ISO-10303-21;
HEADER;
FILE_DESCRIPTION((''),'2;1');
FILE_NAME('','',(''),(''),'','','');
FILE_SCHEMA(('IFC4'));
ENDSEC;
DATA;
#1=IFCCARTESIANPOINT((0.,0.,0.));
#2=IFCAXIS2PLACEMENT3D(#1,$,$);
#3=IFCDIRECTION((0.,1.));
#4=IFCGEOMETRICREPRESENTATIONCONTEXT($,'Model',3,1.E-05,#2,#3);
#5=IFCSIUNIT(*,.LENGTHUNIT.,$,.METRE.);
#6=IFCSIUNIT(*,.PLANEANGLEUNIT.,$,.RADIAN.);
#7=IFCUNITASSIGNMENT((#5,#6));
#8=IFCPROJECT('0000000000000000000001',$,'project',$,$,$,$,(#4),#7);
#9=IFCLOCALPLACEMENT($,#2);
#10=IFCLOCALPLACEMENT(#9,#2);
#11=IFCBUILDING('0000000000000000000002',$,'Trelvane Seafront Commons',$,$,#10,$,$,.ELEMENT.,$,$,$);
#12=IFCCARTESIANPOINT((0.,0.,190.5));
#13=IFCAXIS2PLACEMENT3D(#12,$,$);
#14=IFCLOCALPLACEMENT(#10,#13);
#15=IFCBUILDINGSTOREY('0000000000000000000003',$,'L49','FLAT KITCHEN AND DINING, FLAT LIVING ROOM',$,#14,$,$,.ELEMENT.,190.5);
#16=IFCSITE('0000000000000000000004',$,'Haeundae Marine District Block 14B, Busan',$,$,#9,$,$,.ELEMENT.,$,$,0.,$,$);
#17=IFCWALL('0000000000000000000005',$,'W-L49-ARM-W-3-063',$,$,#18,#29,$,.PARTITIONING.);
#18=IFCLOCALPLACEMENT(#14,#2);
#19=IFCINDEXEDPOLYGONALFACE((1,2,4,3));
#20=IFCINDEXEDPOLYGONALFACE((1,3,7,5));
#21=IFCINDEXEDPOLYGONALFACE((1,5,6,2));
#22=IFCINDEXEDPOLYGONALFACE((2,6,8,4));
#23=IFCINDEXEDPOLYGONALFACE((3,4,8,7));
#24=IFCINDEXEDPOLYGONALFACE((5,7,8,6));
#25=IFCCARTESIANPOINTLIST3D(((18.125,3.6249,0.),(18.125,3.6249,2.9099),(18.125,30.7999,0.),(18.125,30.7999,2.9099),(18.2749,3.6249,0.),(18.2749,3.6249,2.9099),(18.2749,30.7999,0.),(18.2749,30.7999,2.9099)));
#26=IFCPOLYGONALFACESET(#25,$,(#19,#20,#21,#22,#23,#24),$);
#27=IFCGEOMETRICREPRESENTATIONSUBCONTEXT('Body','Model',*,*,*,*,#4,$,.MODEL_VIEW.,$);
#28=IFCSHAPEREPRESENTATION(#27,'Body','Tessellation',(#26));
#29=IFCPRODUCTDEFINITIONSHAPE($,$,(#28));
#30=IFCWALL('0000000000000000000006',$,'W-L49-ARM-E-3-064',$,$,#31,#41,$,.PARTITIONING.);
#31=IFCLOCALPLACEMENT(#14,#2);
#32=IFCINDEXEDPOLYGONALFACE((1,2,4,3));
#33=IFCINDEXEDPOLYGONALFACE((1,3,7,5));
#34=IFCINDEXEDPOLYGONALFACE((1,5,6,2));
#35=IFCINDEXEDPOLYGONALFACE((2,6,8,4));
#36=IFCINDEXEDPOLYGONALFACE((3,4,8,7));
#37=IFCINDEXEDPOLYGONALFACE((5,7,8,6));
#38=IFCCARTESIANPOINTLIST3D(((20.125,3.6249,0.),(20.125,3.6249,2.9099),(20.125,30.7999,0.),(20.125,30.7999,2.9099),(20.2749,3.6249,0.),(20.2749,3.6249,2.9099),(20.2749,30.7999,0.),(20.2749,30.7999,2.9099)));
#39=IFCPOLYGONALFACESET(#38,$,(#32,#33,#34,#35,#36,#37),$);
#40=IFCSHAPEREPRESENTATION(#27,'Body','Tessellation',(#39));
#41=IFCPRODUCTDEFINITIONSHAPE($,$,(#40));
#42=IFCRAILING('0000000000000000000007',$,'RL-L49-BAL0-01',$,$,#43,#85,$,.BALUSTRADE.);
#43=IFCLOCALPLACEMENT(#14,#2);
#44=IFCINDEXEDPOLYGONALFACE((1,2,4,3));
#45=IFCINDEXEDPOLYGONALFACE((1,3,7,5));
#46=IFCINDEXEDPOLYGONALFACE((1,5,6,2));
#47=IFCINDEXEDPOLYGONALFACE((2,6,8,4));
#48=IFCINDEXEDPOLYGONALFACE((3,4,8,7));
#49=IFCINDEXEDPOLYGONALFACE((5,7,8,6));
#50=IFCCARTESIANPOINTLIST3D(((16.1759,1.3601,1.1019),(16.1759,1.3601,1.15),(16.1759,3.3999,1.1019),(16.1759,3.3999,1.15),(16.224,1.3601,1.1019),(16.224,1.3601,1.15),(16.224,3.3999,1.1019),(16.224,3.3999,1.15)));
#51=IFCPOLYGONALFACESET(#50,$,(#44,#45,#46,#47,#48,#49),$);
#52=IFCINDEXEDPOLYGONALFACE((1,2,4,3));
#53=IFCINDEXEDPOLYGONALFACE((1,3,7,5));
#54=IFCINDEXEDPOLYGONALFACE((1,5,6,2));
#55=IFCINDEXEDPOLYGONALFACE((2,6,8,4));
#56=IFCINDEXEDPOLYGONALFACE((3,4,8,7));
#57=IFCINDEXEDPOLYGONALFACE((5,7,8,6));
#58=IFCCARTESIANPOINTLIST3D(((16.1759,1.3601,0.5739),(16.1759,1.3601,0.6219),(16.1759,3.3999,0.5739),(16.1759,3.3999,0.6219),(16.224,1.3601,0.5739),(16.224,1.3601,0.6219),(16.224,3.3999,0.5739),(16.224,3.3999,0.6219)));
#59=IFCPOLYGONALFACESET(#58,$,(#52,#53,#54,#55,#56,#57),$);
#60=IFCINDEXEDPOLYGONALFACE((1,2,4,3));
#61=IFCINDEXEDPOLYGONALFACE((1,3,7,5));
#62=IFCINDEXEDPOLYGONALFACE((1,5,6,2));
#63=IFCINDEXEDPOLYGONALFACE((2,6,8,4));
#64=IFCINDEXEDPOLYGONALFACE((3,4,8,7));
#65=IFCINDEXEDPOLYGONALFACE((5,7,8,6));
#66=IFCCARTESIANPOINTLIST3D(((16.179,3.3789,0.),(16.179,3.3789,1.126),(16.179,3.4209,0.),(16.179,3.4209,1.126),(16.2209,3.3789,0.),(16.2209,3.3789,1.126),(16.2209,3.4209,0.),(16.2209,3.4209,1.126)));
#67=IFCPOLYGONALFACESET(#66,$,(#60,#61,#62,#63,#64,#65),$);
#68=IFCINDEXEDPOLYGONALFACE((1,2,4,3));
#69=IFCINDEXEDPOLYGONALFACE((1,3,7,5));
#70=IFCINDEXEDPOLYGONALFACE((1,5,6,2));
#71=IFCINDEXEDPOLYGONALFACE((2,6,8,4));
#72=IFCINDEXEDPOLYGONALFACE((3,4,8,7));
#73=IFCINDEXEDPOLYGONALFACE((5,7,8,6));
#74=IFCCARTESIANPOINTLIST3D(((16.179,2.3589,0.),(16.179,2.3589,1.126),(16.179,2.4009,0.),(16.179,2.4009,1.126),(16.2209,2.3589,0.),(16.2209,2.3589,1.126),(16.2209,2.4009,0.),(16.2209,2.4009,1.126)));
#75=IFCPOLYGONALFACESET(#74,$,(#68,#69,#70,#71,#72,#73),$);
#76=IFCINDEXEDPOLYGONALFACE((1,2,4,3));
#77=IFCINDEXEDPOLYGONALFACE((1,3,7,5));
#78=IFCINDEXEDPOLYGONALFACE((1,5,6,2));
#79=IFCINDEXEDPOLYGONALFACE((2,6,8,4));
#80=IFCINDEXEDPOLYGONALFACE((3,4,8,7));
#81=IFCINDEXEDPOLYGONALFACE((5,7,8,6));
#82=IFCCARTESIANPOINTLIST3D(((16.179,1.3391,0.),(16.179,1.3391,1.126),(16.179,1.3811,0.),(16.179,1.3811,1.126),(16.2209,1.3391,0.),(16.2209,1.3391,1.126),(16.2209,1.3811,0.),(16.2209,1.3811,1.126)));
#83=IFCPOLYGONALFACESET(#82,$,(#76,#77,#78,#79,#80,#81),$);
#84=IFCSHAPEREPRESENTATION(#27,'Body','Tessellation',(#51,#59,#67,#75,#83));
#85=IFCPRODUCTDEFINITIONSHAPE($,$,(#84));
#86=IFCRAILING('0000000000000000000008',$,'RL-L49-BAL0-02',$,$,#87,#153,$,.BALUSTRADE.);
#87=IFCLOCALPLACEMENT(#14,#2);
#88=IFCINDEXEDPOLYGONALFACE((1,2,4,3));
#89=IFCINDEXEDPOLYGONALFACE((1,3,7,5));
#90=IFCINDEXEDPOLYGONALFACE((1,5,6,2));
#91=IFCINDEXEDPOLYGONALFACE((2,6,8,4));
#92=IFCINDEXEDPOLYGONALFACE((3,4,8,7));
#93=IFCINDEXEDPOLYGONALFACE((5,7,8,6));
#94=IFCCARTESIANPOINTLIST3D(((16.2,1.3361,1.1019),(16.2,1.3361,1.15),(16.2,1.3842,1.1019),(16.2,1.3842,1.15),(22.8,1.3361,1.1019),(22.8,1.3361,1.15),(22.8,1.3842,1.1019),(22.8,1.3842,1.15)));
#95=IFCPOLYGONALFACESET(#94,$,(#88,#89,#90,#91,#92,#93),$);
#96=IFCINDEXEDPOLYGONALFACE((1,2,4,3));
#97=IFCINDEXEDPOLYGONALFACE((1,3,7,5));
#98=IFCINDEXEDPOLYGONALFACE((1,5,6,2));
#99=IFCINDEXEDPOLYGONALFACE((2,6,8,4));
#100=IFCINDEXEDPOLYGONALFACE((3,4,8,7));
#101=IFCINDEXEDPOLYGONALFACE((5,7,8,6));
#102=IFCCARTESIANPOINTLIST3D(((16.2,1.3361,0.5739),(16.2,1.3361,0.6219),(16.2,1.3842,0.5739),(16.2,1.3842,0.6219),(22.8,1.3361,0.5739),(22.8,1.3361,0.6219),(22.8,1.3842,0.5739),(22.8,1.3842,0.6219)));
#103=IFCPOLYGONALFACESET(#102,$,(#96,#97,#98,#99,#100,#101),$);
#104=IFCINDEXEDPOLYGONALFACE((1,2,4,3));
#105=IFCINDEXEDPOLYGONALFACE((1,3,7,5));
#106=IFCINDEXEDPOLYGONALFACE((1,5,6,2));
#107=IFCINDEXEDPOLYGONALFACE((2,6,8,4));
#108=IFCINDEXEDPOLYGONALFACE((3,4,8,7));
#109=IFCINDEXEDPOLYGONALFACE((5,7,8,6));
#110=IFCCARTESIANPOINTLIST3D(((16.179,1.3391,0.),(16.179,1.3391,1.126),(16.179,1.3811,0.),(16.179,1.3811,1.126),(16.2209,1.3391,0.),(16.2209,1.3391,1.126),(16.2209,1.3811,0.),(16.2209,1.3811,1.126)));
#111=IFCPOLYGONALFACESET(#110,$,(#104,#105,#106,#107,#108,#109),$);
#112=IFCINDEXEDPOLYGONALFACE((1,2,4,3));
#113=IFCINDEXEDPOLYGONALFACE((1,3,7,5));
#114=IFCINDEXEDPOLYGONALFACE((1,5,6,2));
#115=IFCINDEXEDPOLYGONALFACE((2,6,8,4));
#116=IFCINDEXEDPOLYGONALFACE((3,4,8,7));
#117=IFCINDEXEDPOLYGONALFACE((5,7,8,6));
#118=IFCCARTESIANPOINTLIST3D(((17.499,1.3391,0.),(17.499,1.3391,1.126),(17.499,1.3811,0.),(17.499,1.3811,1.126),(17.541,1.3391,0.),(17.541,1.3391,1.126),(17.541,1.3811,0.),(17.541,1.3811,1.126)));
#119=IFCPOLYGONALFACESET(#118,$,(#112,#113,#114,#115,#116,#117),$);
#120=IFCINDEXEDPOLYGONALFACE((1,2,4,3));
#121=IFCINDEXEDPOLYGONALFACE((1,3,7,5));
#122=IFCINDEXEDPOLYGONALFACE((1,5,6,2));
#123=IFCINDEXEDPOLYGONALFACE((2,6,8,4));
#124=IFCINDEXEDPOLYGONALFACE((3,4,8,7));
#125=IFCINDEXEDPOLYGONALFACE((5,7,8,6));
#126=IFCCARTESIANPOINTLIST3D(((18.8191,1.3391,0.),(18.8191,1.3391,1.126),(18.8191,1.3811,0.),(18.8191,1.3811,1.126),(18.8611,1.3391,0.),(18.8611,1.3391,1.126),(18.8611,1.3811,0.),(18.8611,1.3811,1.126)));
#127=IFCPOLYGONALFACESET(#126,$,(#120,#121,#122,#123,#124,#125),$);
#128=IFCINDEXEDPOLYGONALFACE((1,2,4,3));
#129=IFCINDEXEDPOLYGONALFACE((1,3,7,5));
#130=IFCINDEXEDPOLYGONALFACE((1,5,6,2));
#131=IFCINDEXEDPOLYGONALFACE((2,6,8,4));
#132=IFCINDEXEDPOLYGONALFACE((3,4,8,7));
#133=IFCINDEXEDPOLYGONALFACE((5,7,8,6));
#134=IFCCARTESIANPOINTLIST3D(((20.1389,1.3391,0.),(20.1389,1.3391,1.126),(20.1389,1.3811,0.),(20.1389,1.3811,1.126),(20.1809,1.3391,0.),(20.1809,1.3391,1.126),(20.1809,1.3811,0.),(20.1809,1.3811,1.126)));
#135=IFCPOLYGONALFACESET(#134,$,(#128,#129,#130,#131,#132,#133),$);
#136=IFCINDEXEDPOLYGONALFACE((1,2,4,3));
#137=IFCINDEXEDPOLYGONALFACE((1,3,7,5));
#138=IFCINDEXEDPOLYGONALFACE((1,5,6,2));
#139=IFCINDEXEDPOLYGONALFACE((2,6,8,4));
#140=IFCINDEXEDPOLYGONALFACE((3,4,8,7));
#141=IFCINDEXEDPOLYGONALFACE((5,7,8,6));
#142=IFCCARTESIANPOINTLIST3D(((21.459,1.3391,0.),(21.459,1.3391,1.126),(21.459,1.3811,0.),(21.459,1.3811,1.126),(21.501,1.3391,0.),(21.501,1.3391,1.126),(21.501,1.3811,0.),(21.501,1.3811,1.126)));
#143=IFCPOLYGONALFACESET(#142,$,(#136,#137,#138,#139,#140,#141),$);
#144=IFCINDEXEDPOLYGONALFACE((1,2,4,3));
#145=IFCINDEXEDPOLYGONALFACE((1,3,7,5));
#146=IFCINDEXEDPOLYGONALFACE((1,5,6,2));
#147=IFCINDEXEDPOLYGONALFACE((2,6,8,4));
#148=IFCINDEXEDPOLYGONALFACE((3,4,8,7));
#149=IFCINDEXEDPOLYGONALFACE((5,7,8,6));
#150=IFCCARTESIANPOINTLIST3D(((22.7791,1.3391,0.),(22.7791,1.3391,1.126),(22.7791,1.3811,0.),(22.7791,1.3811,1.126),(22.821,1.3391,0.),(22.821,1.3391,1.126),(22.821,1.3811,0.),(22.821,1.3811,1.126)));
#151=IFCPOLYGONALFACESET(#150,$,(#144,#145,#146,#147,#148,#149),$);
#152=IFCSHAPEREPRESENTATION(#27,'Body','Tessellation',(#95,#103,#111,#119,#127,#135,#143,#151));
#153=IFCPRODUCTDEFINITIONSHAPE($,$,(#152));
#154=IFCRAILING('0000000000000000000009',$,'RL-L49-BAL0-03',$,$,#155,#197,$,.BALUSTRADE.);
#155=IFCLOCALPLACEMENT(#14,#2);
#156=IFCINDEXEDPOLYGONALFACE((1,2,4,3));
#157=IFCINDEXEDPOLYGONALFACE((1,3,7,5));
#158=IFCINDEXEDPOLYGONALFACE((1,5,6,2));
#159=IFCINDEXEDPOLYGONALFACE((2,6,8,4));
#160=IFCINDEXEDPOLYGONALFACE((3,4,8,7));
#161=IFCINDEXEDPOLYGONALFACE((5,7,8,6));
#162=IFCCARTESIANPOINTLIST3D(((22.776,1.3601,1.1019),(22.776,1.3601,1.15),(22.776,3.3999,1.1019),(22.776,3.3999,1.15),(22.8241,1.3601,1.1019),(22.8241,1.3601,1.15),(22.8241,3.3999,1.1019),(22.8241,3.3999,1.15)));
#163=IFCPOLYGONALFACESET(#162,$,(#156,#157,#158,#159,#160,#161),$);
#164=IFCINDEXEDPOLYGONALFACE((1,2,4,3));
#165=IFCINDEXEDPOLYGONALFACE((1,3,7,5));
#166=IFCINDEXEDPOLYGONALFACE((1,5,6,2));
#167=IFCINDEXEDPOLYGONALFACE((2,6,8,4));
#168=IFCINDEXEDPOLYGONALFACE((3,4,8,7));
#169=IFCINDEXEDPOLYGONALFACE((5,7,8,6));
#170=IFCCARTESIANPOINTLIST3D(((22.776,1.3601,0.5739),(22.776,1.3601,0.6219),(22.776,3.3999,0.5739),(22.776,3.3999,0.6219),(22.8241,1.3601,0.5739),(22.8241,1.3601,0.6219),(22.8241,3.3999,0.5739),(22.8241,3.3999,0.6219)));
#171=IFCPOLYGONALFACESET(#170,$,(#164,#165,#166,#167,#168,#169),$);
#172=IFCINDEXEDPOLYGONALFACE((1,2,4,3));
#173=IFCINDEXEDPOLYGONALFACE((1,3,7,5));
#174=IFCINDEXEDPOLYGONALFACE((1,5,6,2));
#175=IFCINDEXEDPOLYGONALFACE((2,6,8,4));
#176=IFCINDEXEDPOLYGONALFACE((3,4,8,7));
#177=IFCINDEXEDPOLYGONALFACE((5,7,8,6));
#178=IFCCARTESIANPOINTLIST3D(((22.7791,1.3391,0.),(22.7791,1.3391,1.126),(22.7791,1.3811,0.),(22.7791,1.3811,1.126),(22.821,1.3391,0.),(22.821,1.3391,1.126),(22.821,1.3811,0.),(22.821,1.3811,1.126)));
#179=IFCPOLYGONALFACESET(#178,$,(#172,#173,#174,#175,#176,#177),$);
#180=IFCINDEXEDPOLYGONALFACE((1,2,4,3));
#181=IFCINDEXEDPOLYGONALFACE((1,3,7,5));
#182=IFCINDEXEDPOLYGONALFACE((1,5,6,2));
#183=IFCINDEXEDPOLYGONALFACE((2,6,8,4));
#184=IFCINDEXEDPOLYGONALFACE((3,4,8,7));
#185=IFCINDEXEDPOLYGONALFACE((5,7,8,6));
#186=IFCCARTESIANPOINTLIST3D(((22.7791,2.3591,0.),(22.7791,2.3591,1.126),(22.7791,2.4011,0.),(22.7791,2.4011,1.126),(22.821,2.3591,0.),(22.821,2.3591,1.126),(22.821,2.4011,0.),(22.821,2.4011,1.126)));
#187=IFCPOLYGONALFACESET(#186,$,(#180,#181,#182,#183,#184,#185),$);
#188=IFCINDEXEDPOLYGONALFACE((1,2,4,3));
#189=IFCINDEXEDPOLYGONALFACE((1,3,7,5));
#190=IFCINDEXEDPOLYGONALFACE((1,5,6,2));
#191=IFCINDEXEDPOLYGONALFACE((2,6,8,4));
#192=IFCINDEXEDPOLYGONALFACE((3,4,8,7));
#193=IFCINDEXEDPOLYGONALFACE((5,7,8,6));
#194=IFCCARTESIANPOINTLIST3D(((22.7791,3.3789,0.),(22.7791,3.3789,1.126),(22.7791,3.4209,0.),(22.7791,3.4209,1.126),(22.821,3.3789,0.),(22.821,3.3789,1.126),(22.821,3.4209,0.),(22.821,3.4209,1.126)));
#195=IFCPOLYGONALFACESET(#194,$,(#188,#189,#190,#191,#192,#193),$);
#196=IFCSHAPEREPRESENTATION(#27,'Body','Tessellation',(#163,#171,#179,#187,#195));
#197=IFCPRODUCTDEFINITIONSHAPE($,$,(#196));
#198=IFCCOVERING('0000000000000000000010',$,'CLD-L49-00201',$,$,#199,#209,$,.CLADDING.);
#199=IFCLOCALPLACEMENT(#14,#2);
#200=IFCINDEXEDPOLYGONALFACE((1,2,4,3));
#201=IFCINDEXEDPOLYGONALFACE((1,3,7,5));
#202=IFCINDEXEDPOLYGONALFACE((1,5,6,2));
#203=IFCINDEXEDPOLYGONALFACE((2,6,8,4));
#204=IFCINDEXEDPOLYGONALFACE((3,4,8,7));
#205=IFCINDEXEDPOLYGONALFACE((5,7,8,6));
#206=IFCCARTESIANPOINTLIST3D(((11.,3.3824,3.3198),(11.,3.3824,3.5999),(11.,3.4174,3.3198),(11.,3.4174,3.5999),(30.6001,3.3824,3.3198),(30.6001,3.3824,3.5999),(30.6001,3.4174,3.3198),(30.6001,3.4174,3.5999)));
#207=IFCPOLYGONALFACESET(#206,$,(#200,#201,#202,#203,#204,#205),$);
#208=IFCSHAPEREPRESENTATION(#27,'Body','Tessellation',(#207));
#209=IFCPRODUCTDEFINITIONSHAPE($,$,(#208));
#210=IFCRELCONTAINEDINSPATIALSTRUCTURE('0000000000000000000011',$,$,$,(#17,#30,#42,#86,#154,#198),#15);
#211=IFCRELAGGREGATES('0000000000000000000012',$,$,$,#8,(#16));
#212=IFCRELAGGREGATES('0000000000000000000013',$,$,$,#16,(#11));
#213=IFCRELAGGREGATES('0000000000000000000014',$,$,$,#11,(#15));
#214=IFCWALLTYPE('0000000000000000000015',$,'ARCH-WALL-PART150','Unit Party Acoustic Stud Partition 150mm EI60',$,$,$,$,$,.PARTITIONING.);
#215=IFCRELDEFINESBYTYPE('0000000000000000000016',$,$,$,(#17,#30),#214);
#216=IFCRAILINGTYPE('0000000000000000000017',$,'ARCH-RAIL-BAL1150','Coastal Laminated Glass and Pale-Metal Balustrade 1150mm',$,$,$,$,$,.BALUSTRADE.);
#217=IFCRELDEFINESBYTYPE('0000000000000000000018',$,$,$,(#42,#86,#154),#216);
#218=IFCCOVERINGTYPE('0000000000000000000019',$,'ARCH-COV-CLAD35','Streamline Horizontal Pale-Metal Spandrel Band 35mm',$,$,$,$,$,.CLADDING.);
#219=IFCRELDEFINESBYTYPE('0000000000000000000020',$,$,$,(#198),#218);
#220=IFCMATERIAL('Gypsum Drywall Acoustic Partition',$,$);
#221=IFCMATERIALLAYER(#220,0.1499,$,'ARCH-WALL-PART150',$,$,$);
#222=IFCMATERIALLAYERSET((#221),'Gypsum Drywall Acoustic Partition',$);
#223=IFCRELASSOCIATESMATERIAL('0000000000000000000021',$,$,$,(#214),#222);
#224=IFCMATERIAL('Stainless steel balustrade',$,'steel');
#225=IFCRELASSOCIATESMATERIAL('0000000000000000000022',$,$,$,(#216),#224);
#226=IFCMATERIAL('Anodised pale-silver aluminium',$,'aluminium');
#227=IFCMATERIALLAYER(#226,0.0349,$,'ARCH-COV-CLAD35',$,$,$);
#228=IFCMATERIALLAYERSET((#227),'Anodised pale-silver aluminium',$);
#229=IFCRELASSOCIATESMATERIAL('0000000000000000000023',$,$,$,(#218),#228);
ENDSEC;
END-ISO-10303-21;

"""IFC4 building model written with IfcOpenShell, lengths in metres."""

from ifc_helpers import new_model, si_unit, direction, frame, frame_2d, origin, origin_2d, place, context, subcontext, project, spatial, rectangle, extrude, source, transform, mapped, material, layer, layer_set, type_object, element, save


model = new_model("IFC4")

# Units and contexts
model_context = context("Model", 3, precision=1e-05, world=origin(), true_north=direction((0.0, 1.0)))
body_context = subcontext(model_context, "Body", "Model", "MODEL_VIEW")
ifc_project = project(units=[si_unit("LENGTHUNIT", "METRE"), si_unit("PLANEANGLEUNIT", "RADIAN")], contexts=[model_context])

# Site, building, storey
site_placement = place(None, origin())
site = spatial("IfcSite", under=ifc_project, at=site_placement, Name="Haeundae Marine District Block 14B, Busan", CompositionType="ELEMENT", RefElevation=0.0)
building_placement = place(site_placement, origin())
building = spatial("IfcBuilding", under=site, at=building_placement, Name="Trelvane Seafront Commons", CompositionType="ELEMENT")
storey_placement = place(building_placement, frame((0.0, 0.0, 190.5)))
storey = spatial("IfcBuildingStorey", under=building, at=storey_placement, Name="L49", Description="FLAT KITCHEN AND DINING, FLAT LIVING ROOM", CompositionType="ELEMENT", Elevation=190.5)

# Shared definitions
ifc_material_1 = material(Name="Anodised pale-silver aluminium", Category="aluminium")

# Shared definitions
ifc_material_2 = material(Name="Gypsum Drywall Acoustic Partition")

# Walls
ifc_layer_1 = layer(ifc_material_2, 0.1499, Name="ARCH-WALL-PART150")
ifc_layer_set_1 = layer_set([ifc_layer_1], Name="Gypsum Drywall Acoustic Partition")
wall_type_1 = type_object("IfcWallType", Name="ARCH-WALL-PART150", Description="Unit Party Acoustic Stud Partition 150mm EI60", PredefinedType="PARTITIONING", material=ifc_layer_set_1)
for number, where, z_axis, x_axis, name in (
    (1, (18.2, 3.625, 0.0), (0.0, 0.0, 1.0), (0.0, 1.0, 0.0), "W-L49-ARM-W-3-063"),
    (2, (20.2, 3.625, 0.0), (0.0, 0.0, 1.0), (0.0, 1.0, 0.0), "W-L49-ARM-E-3-064"),
):
    element("IfcWall", number, at=place(storey_placement, frame(where, z_axis=z_axis, x_axis=x_axis)), inside=storey, type_object=wall_type_1, Name=name, PredefinedType="PARTITIONING", context=body_context, shape_type="SweptSolid", body=[
        extrude(rectangle(XDim=27.175, YDim=0.1499, at=frame_2d((13.5874, 0.0))), origin(), (0.0, 0.0, 1.0), 2.9099),
    ])

# Railings
ifc_material_3 = material(Name="Stainless steel balustrade", Category="steel")
railing_type = type_object("IfcRailingType", Name="ARCH-RAIL-BAL1150", Description="Coastal Laminated Glass and Pale-Metal Balustrade 1150mm", PredefinedType="BALUSTRADE", material=ifc_material_3)
railing_1_placement = place(storey_placement, frame((16.2, 3.3999, 0.0)))
element("IfcRailing", 3, at=railing_1_placement, inside=storey, type_object=railing_type, Name="RL-L49-BAL0-01", PredefinedType="BALUSTRADE", context=body_context, shape_type="SweptSolid", body=[
    extrude(rectangle(XDim=0.0481, YDim=0.0481, at=origin_2d()), frame((0.0, 0.0, 1.126), z_axis=(0.0, -1.0, 0.0), x_axis=(1.0, 0.0, 0.0)), (0.0, 0.0, 1.0), 2.0398),
    extrude(rectangle(XDim=0.0481, YDim=0.0481, at=origin_2d()), frame((0.0, 0.0, 0.5979), z_axis=(0.0, -1.0, 0.0), x_axis=(1.0, 0.0, 0.0)), (0.0, 0.0, 1.0), 2.0398),
    extrude(rectangle(XDim=0.042, YDim=0.042, at=origin_2d()), origin(), (0.0, 0.0, 1.0), 1.126),
    extrude(rectangle(XDim=0.042, YDim=0.042, at=origin_2d()), frame((0.0, -1.02, 0.0)), (0.0, 0.0, 1.0), 1.126),
    extrude(rectangle(XDim=0.042, YDim=0.042, at=origin_2d()), frame((0.0, -2.0398, 0.0)), (0.0, 0.0, 1.0), 1.126),
])
railing_2_placement = place(storey_placement, frame((16.2, 1.3601, 0.0)))
element("IfcRailing", 4, at=railing_2_placement, inside=storey, type_object=railing_type, Name="RL-L49-BAL0-02", PredefinedType="BALUSTRADE", context=body_context, shape_type="SweptSolid", body=[
    extrude(rectangle(XDim=0.0481, YDim=0.0481, at=origin_2d()), frame((0.0, 0.0, 1.126), z_axis=(1.0, 0.0, 0.0), x_axis=(0.0, 1.0, 0.0)), (0.0, 0.0, 1.0), 6.6001),
    extrude(rectangle(XDim=0.0481, YDim=0.0481, at=origin_2d()), frame((0.0, 0.0, 0.5979), z_axis=(1.0, 0.0, 0.0), x_axis=(0.0, 1.0, 0.0)), (0.0, 0.0, 1.0), 6.6001),
    extrude(rectangle(XDim=0.042, YDim=0.042, at=origin_2d()), origin(), (0.0, 0.0, 1.0), 1.126),
    extrude(rectangle(XDim=0.042, YDim=0.042, at=origin_2d()), frame((1.3201, 0.0, 0.0)), (0.0, 0.0, 1.0), 1.126),
    extrude(rectangle(XDim=0.042, YDim=0.042, at=origin_2d()), frame((2.6401, 0.0, 0.0)), (0.0, 0.0, 1.0), 1.126),
    extrude(rectangle(XDim=0.042, YDim=0.042, at=origin_2d()), frame((3.96, 0.0, 0.0)), (0.0, 0.0, 1.0), 1.126),
    extrude(rectangle(XDim=0.042, YDim=0.042, at=origin_2d()), frame((5.28, 0.0, 0.0)), (0.0, 0.0, 1.0), 1.126),
    extrude(rectangle(XDim=0.042, YDim=0.042, at=origin_2d()), frame((6.6001, 0.0, 0.0)), (0.0, 0.0, 1.0), 1.126),
])
railing_3_placement = place(storey_placement, frame((22.8, 1.3601, 0.0)))
element("IfcRailing", 5, at=railing_3_placement, inside=storey, type_object=railing_type, Name="RL-L49-BAL0-03", PredefinedType="BALUSTRADE", context=body_context, shape_type="SweptSolid", body=[
    extrude(rectangle(XDim=0.0481, YDim=0.0481, at=origin_2d()), frame((0.0, 0.0, 1.126), z_axis=(0.0, 1.0, 0.0), x_axis=(-1.0, 0.0, 0.0)), (0.0, 0.0, 1.0), 2.0398),
    extrude(rectangle(XDim=0.0481, YDim=0.0481, at=origin_2d()), frame((0.0, 0.0, 0.5979), z_axis=(0.0, 1.0, 0.0), x_axis=(-1.0, 0.0, 0.0)), (0.0, 0.0, 1.0), 2.0398),
    extrude(rectangle(XDim=0.042, YDim=0.042, at=origin_2d()), origin(), (0.0, 0.0, 1.0), 1.126),
    extrude(rectangle(XDim=0.042, YDim=0.042, at=origin_2d()), frame((0.0, 1.02, 0.0)), (0.0, 0.0, 1.0), 1.126),
    extrude(rectangle(XDim=0.042, YDim=0.042, at=origin_2d()), frame((0.0, 2.0398, 0.0)), (0.0, 0.0, 1.0), 1.126),
])

# Covering
ifc_layer_2 = layer(ifc_material_1, 0.0349, Name="ARCH-COV-CLAD35")
ifc_layer_set_2 = layer_set([ifc_layer_2], Name="Anodised pale-silver aluminium")
covering_type = type_object("IfcCoveringType", Name="ARCH-COV-CLAD35", Description="Streamline Horizontal Pale-Metal Spandrel Band 35mm", PredefinedType="CLADDING", material=ifc_layer_set_2)
shared_shape_1 = source(origin(), body_context, "Body", "SweptSolid", [
    extrude(rectangle(XDim=19.6001, YDim=0.0349, at=origin_2d()), origin(), (0.0, 0.0, 1.0), 0.28),
])
covering_placement = place(storey_placement, frame((20.8, 3.3999, 3.3198), z_axis=(0.0, 0.0, 1.0), x_axis=(-1.0, 0.0, 0.0)))
element("IfcCovering", 6, at=covering_placement, inside=storey, type_object=covering_type, Name="CLD-L49-00201", PredefinedType="CLADDING", context=body_context, shape_type="MappedRepresentation", body=[
    mapped(shared_shape_1, transform((0.0, 0.0, 0.0), x_axis=(1.0, 0.0, 0.0), y_axis=(0.0, 1.0, 0.0), z_axis=(0.0, 0.0, 1.0), scale=1.0)),
])

save(model, "model.ifc")
